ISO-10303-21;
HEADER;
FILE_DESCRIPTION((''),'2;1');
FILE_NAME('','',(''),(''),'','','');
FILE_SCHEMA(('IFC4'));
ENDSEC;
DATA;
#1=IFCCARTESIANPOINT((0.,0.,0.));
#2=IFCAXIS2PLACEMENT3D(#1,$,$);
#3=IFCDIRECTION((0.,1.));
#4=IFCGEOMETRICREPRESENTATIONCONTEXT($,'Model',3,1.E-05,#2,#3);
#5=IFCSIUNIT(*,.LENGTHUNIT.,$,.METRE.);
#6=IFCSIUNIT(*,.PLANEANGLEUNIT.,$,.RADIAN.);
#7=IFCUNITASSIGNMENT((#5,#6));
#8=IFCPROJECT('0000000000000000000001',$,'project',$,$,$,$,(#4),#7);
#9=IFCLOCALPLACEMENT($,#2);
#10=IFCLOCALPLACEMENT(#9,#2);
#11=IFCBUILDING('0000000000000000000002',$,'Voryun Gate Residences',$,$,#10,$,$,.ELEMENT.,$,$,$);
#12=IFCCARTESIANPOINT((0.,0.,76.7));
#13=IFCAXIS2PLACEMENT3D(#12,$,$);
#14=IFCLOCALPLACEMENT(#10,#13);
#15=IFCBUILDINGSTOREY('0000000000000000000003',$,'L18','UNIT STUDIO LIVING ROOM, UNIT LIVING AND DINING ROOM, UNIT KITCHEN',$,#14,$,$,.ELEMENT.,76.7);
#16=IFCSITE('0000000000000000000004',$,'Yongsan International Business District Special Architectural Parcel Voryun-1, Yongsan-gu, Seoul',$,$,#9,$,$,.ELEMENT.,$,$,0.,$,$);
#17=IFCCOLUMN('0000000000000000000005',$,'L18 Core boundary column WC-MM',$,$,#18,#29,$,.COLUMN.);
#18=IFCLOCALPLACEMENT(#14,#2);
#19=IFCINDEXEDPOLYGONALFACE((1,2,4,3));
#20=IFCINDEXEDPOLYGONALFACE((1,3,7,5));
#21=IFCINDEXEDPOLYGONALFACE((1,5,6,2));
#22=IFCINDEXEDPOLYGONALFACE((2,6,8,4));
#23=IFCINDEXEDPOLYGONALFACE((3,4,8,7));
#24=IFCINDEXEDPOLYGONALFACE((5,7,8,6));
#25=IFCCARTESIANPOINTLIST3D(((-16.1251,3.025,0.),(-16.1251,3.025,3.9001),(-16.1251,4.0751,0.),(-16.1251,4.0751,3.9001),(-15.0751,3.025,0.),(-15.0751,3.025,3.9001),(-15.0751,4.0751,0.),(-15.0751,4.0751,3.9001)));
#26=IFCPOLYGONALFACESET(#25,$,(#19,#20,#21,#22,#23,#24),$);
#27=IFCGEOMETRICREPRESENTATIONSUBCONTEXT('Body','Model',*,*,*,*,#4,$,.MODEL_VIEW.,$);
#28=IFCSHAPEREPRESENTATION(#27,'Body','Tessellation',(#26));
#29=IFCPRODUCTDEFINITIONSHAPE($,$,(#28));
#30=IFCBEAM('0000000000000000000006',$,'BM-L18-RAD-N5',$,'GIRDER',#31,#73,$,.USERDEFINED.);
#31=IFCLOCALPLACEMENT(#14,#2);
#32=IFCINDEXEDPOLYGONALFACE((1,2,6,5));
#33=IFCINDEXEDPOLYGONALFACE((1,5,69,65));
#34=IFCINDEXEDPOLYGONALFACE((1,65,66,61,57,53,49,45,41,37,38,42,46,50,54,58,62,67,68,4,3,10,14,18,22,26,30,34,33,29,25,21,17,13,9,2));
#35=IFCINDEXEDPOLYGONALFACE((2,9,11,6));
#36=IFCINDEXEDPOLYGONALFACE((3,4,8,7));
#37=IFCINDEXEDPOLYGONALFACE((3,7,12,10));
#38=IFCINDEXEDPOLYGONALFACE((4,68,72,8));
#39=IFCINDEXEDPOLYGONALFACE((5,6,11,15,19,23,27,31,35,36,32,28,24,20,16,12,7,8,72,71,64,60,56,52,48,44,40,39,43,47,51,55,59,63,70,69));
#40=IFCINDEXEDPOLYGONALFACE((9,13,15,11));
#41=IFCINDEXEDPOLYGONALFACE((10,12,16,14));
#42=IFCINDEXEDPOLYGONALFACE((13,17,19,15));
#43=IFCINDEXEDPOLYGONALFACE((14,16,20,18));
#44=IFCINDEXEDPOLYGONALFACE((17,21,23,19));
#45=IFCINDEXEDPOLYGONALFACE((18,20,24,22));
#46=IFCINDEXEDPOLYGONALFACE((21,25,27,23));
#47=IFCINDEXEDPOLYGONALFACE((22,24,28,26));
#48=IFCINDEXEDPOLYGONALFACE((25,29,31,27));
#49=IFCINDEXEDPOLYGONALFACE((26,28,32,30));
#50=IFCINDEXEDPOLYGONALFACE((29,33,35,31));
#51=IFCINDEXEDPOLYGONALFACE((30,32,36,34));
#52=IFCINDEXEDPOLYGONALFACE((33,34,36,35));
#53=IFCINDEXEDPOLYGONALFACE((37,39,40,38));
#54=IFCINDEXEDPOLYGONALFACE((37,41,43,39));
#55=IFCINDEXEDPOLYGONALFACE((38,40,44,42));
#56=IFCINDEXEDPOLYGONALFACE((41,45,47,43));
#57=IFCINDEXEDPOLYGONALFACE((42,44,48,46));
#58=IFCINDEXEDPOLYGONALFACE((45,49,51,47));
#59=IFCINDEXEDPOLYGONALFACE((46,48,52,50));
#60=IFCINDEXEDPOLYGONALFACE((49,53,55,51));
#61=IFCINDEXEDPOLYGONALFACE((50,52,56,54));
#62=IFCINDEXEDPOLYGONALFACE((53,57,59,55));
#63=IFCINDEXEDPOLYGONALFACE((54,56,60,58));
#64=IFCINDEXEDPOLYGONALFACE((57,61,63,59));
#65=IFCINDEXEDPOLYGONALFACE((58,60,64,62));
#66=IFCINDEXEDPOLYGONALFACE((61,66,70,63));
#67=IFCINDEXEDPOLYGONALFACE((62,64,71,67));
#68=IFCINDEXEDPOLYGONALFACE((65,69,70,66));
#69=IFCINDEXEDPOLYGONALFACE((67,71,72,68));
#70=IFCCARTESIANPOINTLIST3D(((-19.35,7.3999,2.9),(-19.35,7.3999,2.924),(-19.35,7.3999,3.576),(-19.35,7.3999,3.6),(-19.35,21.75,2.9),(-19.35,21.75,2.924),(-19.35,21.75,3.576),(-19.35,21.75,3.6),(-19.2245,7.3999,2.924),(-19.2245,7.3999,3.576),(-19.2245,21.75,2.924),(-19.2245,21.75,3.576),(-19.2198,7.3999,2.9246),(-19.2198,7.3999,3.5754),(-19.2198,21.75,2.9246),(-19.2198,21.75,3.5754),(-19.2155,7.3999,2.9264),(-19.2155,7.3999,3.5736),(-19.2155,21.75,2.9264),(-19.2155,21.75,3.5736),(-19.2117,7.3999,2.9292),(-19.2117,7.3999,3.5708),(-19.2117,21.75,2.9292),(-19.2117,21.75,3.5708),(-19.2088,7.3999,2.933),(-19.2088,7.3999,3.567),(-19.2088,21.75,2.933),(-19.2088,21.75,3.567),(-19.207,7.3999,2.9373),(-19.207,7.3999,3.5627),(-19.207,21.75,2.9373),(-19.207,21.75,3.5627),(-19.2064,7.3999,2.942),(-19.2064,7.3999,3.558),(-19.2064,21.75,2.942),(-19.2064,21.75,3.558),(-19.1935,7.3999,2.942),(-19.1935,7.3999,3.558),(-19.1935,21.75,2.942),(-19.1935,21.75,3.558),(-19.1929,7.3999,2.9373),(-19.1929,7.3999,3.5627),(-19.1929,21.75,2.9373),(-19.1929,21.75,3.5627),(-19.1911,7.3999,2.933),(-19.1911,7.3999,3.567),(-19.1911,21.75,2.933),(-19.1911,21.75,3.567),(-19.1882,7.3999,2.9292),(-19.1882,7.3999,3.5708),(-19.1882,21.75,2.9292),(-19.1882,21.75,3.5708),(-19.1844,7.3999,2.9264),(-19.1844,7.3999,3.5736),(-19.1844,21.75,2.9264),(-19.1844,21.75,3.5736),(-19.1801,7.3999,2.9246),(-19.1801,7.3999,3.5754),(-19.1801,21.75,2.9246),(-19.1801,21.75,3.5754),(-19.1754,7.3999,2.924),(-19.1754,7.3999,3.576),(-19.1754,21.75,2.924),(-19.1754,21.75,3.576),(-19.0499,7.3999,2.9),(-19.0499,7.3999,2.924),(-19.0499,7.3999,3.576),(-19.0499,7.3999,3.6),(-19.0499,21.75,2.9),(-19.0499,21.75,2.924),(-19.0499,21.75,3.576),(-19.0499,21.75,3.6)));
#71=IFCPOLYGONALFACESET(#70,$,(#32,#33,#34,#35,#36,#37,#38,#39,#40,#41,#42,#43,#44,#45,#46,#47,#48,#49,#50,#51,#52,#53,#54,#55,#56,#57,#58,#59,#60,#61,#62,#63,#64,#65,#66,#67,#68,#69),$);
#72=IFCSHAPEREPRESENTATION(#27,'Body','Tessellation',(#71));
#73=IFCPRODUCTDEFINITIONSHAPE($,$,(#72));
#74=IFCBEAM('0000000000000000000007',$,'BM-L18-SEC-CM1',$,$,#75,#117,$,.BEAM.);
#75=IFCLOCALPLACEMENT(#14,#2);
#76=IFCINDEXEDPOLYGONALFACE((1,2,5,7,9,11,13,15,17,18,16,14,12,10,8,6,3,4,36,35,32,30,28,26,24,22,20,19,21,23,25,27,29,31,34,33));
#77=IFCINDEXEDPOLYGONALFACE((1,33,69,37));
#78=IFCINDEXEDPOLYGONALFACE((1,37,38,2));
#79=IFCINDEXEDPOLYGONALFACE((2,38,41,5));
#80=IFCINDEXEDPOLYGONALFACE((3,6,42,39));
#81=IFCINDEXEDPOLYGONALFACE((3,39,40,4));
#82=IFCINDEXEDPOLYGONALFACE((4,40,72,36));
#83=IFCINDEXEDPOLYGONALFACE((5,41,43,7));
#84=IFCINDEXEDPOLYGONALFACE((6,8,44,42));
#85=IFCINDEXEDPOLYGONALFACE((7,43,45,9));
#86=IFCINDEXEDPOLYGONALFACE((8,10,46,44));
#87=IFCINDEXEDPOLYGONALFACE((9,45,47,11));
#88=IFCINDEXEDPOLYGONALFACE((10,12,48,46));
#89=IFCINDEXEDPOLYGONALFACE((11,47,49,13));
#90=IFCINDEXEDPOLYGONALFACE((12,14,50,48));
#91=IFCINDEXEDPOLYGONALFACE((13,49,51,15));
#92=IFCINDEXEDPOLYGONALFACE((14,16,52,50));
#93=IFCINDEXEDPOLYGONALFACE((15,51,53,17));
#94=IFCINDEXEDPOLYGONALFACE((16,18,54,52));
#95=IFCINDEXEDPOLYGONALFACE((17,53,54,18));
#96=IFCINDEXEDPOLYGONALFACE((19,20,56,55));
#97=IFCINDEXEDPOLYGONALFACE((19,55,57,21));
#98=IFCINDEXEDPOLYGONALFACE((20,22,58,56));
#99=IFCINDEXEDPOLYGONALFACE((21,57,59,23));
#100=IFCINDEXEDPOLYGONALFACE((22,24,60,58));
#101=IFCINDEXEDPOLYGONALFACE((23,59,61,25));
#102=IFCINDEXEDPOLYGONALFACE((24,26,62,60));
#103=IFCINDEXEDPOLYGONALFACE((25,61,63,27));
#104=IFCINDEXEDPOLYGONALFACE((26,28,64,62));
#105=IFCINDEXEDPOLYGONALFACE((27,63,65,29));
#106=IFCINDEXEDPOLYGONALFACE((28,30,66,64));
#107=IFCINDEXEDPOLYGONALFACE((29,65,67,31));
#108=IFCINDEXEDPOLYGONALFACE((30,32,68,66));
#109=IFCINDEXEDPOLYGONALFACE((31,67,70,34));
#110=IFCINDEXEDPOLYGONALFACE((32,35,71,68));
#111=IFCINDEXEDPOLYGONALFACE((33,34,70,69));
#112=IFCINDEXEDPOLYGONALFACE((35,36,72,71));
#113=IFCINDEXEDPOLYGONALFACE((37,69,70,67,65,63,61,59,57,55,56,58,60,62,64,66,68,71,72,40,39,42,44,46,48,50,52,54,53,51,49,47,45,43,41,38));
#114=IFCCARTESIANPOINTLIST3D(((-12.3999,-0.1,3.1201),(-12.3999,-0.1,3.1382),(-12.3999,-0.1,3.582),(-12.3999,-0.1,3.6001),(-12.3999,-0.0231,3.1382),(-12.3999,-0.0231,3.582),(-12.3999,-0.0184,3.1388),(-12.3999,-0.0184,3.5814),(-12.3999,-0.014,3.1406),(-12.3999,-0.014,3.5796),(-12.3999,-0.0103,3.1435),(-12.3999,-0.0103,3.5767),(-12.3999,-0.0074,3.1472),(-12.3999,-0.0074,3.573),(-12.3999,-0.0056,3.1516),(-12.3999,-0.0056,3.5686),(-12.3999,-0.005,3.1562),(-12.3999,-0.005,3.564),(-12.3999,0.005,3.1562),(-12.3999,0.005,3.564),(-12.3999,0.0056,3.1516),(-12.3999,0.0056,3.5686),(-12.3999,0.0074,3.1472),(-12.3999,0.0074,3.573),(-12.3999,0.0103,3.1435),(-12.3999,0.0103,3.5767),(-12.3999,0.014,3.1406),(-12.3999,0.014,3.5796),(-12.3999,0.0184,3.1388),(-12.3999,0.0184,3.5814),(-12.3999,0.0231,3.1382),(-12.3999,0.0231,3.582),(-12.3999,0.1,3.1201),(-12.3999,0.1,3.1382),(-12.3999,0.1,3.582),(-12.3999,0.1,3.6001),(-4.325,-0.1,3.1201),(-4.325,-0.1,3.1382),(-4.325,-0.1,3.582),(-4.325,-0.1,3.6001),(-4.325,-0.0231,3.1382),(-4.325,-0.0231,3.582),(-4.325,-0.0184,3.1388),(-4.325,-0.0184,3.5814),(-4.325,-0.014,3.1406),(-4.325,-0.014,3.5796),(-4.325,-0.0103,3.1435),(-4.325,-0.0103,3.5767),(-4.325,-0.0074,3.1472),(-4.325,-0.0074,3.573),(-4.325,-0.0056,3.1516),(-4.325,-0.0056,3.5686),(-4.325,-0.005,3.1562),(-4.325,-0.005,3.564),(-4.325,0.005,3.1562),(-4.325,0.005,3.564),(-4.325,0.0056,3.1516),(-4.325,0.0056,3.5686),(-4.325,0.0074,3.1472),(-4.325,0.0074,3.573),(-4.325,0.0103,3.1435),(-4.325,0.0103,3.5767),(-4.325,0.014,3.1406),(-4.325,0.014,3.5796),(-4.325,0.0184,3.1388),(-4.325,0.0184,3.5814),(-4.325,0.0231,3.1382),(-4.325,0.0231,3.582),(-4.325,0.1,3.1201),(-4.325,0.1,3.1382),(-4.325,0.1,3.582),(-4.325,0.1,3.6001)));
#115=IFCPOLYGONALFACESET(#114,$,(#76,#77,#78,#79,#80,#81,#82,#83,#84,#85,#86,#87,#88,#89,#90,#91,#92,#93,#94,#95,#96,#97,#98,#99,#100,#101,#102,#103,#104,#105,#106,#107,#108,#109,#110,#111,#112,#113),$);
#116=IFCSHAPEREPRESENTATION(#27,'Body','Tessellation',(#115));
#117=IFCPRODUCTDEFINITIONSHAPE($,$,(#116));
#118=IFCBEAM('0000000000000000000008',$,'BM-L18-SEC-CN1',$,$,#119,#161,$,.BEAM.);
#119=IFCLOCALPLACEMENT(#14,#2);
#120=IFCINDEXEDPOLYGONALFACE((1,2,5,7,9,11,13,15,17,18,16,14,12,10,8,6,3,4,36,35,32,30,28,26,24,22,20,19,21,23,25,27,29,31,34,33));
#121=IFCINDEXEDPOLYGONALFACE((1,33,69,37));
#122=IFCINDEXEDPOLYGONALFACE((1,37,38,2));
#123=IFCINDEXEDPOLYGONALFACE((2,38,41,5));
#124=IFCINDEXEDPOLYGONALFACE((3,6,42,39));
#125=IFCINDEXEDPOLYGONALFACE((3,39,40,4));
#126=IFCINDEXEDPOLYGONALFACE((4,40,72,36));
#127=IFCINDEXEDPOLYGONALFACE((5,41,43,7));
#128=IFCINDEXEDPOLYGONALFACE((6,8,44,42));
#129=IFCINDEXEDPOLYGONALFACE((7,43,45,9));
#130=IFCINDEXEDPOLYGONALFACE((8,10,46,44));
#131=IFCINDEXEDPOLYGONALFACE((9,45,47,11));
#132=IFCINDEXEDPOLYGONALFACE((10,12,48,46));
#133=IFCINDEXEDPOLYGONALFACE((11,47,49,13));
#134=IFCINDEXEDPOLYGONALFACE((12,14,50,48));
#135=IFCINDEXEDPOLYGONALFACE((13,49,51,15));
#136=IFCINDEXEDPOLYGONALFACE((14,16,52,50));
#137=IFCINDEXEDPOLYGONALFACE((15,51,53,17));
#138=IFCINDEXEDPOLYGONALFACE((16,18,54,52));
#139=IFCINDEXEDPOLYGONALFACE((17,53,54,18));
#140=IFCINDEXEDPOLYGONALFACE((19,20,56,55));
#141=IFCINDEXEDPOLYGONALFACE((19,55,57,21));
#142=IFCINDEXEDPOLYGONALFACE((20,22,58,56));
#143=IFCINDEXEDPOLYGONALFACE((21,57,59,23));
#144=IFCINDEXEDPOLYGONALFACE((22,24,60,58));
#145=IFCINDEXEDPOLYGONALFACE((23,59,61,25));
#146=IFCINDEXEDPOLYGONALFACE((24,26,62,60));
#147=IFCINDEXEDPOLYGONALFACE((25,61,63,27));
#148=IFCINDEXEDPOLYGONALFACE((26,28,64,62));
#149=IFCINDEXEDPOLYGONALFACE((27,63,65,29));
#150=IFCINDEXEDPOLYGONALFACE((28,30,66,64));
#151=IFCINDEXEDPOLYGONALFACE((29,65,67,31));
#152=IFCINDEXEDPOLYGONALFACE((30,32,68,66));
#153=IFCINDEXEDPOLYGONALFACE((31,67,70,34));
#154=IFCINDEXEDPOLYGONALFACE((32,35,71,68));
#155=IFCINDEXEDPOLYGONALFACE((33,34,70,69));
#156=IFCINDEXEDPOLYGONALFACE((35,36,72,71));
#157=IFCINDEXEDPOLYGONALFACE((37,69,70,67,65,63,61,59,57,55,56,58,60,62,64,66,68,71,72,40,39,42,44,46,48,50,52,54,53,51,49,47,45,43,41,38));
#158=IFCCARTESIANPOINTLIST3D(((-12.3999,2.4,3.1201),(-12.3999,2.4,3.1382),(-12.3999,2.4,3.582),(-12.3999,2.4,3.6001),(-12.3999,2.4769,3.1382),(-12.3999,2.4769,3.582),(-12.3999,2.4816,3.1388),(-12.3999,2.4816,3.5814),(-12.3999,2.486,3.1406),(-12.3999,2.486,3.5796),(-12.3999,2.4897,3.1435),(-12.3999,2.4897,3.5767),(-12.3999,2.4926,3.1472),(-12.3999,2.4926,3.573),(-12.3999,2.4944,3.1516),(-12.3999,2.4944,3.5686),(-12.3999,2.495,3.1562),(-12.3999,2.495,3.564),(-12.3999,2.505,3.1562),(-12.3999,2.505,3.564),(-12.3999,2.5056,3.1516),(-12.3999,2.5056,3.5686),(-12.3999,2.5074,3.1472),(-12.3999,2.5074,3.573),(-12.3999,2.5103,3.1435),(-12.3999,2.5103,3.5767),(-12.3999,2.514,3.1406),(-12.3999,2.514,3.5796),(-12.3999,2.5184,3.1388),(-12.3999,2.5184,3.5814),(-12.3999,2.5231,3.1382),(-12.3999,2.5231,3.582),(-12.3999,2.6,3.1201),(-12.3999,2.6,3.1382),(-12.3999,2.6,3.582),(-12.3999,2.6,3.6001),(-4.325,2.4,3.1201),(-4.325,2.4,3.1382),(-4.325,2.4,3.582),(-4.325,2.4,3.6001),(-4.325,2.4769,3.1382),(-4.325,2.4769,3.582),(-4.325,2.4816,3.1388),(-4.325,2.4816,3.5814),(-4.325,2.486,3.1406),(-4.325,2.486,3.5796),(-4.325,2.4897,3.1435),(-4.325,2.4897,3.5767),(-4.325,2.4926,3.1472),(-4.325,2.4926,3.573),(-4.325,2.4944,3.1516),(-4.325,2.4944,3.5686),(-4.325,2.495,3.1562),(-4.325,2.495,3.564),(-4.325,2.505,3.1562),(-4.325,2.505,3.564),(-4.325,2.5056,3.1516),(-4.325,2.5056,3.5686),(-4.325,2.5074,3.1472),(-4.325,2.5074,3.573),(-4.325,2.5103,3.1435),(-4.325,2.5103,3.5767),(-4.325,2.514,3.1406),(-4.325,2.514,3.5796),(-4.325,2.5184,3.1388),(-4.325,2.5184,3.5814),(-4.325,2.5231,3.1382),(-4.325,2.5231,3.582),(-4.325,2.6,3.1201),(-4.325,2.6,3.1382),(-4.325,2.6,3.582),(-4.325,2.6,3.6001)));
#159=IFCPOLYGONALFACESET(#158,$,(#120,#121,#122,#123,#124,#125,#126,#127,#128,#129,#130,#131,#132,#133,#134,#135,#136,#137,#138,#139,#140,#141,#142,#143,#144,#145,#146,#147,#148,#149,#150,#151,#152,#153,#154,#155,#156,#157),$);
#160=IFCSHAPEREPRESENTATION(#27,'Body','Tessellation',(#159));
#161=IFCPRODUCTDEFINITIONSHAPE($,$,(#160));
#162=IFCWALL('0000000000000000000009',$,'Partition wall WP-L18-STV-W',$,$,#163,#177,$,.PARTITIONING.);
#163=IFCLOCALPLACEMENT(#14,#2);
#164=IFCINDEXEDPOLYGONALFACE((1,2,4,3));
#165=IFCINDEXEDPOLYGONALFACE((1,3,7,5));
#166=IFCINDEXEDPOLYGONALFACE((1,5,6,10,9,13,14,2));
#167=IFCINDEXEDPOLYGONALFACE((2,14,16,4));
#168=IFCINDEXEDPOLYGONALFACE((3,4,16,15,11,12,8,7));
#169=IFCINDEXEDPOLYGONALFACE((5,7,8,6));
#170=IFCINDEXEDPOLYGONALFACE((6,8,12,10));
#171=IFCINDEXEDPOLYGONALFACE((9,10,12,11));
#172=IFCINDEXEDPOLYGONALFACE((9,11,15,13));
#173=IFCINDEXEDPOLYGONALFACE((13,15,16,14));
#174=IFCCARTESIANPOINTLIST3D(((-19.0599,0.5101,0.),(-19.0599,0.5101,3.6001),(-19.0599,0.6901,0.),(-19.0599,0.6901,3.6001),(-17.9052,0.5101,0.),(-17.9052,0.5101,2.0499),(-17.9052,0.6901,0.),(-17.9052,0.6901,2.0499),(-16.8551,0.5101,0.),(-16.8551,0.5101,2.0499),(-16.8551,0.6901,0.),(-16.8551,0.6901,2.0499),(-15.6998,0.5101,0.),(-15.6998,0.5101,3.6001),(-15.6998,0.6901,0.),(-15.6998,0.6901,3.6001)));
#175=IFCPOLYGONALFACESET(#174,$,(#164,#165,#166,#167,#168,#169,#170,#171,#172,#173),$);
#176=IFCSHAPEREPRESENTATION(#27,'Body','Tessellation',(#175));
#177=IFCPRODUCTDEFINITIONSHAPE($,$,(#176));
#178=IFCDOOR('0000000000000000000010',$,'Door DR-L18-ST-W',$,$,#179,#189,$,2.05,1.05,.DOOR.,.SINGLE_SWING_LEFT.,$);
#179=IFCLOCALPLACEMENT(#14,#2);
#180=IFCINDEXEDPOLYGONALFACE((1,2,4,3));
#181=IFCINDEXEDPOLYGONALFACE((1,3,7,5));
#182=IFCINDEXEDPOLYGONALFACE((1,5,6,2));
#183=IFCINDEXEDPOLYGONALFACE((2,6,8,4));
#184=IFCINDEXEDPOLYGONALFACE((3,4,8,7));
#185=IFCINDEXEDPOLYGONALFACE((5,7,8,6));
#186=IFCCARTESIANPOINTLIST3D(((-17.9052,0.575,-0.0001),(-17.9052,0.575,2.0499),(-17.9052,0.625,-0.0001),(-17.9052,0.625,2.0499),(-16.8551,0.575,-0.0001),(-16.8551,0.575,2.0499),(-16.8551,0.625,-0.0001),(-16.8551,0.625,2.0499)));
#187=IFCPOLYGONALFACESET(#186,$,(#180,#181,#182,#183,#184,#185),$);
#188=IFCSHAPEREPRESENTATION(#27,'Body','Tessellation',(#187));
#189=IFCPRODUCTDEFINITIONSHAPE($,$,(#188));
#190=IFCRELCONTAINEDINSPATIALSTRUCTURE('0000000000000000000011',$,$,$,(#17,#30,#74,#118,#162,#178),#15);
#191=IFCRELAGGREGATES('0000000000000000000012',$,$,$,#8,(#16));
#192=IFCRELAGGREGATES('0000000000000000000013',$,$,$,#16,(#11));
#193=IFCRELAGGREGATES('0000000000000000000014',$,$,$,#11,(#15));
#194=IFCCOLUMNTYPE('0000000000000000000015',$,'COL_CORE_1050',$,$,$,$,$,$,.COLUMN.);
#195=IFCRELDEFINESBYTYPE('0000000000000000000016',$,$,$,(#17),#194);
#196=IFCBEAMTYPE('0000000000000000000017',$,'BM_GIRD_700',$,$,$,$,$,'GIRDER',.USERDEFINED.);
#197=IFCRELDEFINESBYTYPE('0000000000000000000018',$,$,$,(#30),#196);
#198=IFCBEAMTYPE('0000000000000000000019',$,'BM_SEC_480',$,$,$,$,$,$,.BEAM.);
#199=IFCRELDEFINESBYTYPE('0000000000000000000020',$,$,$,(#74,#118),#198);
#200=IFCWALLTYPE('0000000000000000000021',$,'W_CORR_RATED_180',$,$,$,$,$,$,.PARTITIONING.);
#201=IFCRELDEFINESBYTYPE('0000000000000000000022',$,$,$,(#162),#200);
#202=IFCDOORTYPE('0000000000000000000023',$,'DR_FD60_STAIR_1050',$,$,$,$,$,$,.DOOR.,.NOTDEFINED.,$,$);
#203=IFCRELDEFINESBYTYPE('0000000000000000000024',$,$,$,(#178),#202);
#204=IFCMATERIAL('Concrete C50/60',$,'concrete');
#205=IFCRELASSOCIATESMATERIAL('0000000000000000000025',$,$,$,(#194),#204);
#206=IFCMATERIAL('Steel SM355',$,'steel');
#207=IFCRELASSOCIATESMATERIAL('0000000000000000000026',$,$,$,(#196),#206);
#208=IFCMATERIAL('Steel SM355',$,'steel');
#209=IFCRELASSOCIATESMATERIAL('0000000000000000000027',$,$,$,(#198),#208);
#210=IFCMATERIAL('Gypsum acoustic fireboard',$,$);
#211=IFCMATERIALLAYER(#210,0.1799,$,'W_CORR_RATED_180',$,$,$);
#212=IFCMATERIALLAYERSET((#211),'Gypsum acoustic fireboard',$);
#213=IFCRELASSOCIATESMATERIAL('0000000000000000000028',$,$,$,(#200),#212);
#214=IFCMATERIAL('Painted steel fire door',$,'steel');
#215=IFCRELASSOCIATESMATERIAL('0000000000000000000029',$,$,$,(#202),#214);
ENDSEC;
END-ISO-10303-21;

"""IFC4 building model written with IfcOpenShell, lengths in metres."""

from ifc_helpers import new_model, si_unit, direction, frame, frame_2d, origin, origin_2d, place, context, subcontext, project, spatial, rectangle, i_section, extrude, material, layer, layer_set, material_profile, profile_set, type_object, element, fill, save


model = new_model("IFC4")

# Units and contexts
model_context = context("Model", 3, precision=1e-05, world=origin(), true_north=direction((0.0, 1.0)))
body_context = subcontext(model_context, "Body", "Model", "MODEL_VIEW")
ifc_project = project(units=[si_unit("LENGTHUNIT", "METRE"), si_unit("PLANEANGLEUNIT", "RADIAN")], contexts=[model_context])

# Site, building, storey
site_placement = place(None, origin())
site = spatial("IfcSite", under=ifc_project, at=site_placement, Name="Yongsan International Business District Special Architectural Parcel Voryun-1, Yongsan-gu, Seoul", CompositionType="ELEMENT", RefElevation=0.0)
building_placement = place(site_placement, origin())
building = spatial("IfcBuilding", under=site, at=building_placement, Name="Voryun Gate Residences", CompositionType="ELEMENT")
storey_placement = place(building_placement, frame((0.0, 0.0, 76.7)))
storey = spatial("IfcBuildingStorey", under=building, at=storey_placement, Name="L18", Description="UNIT STUDIO LIVING ROOM, UNIT LIVING AND DINING ROOM, UNIT KITCHEN", CompositionType="ELEMENT", Elevation=76.7)

# Column
ifc_material_1 = material(Name="Concrete C50/60", Category="concrete")
ifc_material_profile_1 = material_profile(ifc_material_1, rectangle(XDim=1.05, YDim=1.05, at=origin_2d()), Name="RC-1050x1050")
ifc_profile_set_1 = profile_set([ifc_material_profile_1], Name="Concrete C50/60")
column_type = type_object("IfcColumnType", Name="COL_CORE_1050", PredefinedType="COLUMN", material=ifc_profile_set_1)
column_placement = place(storey_placement, frame((-15.6001, 3.55, 0.0), z_axis=(0.0, 0.0, 1.0), x_axis=(1.0, 0.0, 0.0)))
element("IfcColumn", 1, at=column_placement, inside=storey, type_object=column_type, Name="L18 Core boundary column WC-MM", PredefinedType="COLUMN", context=body_context, shape_type="SweptSolid", body=[
    extrude(rectangle(XDim=1.05, YDim=1.05, at=origin_2d()), origin(), (0.0, 0.0, 1.0), 3.9001),
])

# Beams
ifc_material_2 = material(Name="Steel SM355", Category="steel")
ifc_material_profile_2 = material_profile(ifc_material_2, i_section(OverallWidth=0.3, OverallDepth=0.7, WebThickness=0.0129, FlangeThickness=0.0239, FilletRadius=0.0181, at=origin_2d()), Name="H-700x300x13x24")
ifc_profile_set_2 = profile_set([ifc_material_profile_2], Name="Steel SM355")
beam_type_1 = type_object("IfcBeamType", Name="BM_GIRD_700", ElementType="GIRDER", PredefinedType="USERDEFINED", material=ifc_profile_set_2)
beam_placement = place(storey_placement, frame((-19.2, 7.3999, 3.25), z_axis=(0.0, 1.0, 0.0), x_axis=(-1.0, 0.0, 0.0)))
element("IfcBeam", 2, at=beam_placement, inside=storey, type_object=beam_type_1, Name="BM-L18-RAD-N5", ObjectType="GIRDER", PredefinedType="USERDEFINED", context=body_context, shape_type="SweptSolid", body=[
    extrude(i_section(OverallWidth=0.3, OverallDepth=0.7, WebThickness=0.0129, FlangeThickness=0.0239, FilletRadius=0.0181, at=origin_2d()), origin(), (0.0, 0.0, 1.0), 14.3501),
])
ifc_material_3 = material(Name="Steel SM355", Category="steel")
ifc_material_profile_3 = material_profile(ifc_material_3, i_section(OverallWidth=0.2, OverallDepth=0.48, WebThickness=0.01, FlangeThickness=0.0181, FilletRadius=0.0181, at=origin_2d()), Name="H-480x200x10x18")
ifc_profile_set_3 = profile_set([ifc_material_profile_3], Name="Steel SM355")
beam_type_2 = type_object("IfcBeamType", Name="BM_SEC_480", PredefinedType="BEAM", material=ifc_profile_set_3)
for number, where, z_axis, x_axis, name in (
    (3, (-12.3999, 0.0, 3.3601), (1.0, 0.0, 0.0), (0.0, 1.0, 0.0), "BM-L18-SEC-CM1"),
    (4, (-12.3999, 2.5, 3.3601), (1.0, 0.0, 0.0), (0.0, 1.0, 0.0), "BM-L18-SEC-CN1"),
):
    element("IfcBeam", number, at=place(storey_placement, frame(where, z_axis=z_axis, x_axis=x_axis)), inside=storey, type_object=beam_type_2, Name=name, PredefinedType="BEAM", context=body_context, shape_type="SweptSolid", body=[
        extrude(i_section(OverallWidth=0.2, OverallDepth=0.48, WebThickness=0.01, FlangeThickness=0.0181, FilletRadius=0.0181, at=origin_2d()), origin(), (0.0, 0.0, 1.0), 8.075),
    ])

# Wall, opening, door
ifc_material_4 = material(Name="Gypsum acoustic fireboard")
ifc_layer_1 = layer(ifc_material_4, 0.1799, Name="W_CORR_RATED_180")
ifc_layer_set_1 = layer_set([ifc_layer_1], Name="Gypsum acoustic fireboard")
wall_type_1 = type_object("IfcWallType", Name="W_CORR_RATED_180", PredefinedType="PARTITIONING", material=ifc_layer_set_1)
wall_1_placement = place(storey_placement, frame((-19.0601, 0.6001, 0.0), z_axis=(0.0, 0.0, 1.0), x_axis=(1.0, 0.0, 0.0)))
wall_1 = element("IfcWall", 5, at=wall_1_placement, inside=storey, type_object=wall_type_1, Name="Partition wall WP-L18-STV-W", PredefinedType="PARTITIONING", context=body_context, shape_type="SweptSolid", body=[
    extrude(rectangle(XDim=3.3601, YDim=0.1799, at=frame_2d((1.6802, 0.0))), origin(), (0.0, 0.0, 1.0), 3.6001),
])
opening_1_placement = place(wall_1_placement, frame((1.155, 0.0, 0.0)))
opening_1 = element("IfcOpeningElement", 6, at=opening_1_placement, cuts=wall_1, PredefinedType="OPENING", context=body_context, shape_type="SweptSolid", body=[
    extrude(rectangle(XDim=1.05, YDim=2.05, at=frame_2d((0.5249, 1.0249))), frame((0.0, 0.0999, 0.0), z_axis=(0.0, -1.0, 0.0), x_axis=(1.0, 0.0, 0.0)), (0.0, 0.0, 1.0), 0.2),
])
ifc_material_5 = material(Name="Painted steel fire door", Category="steel")
door_type_1 = type_object("IfcDoorType", Name="DR_FD60_STAIR_1050", OperationType="NOTDEFINED", PredefinedType="DOOR", material=ifc_material_5)
door_1_placement = place(opening_1_placement, origin())
door_1 = element("IfcDoor", 7, at=door_1_placement, inside=storey, type_object=door_type_1, Name="Door DR-L18-ST-W", OperationType="SINGLE_SWING_LEFT", OverallHeight=2.05, OverallWidth=1.05, PredefinedType="DOOR", context=body_context, shape_type="SweptSolid", body=[
    extrude(rectangle(XDim=1.05, YDim=2.05, at=frame_2d((0.5249, 1.0249))), frame((0.0, 0.0249, 0.0), z_axis=(0.0, -1.0, 0.0), x_axis=(1.0, 0.0, 0.0)), (0.0, 0.0, 1.0), 0.05),
])
fill(opening_1, door_1)

save(model, "model.ifc")
